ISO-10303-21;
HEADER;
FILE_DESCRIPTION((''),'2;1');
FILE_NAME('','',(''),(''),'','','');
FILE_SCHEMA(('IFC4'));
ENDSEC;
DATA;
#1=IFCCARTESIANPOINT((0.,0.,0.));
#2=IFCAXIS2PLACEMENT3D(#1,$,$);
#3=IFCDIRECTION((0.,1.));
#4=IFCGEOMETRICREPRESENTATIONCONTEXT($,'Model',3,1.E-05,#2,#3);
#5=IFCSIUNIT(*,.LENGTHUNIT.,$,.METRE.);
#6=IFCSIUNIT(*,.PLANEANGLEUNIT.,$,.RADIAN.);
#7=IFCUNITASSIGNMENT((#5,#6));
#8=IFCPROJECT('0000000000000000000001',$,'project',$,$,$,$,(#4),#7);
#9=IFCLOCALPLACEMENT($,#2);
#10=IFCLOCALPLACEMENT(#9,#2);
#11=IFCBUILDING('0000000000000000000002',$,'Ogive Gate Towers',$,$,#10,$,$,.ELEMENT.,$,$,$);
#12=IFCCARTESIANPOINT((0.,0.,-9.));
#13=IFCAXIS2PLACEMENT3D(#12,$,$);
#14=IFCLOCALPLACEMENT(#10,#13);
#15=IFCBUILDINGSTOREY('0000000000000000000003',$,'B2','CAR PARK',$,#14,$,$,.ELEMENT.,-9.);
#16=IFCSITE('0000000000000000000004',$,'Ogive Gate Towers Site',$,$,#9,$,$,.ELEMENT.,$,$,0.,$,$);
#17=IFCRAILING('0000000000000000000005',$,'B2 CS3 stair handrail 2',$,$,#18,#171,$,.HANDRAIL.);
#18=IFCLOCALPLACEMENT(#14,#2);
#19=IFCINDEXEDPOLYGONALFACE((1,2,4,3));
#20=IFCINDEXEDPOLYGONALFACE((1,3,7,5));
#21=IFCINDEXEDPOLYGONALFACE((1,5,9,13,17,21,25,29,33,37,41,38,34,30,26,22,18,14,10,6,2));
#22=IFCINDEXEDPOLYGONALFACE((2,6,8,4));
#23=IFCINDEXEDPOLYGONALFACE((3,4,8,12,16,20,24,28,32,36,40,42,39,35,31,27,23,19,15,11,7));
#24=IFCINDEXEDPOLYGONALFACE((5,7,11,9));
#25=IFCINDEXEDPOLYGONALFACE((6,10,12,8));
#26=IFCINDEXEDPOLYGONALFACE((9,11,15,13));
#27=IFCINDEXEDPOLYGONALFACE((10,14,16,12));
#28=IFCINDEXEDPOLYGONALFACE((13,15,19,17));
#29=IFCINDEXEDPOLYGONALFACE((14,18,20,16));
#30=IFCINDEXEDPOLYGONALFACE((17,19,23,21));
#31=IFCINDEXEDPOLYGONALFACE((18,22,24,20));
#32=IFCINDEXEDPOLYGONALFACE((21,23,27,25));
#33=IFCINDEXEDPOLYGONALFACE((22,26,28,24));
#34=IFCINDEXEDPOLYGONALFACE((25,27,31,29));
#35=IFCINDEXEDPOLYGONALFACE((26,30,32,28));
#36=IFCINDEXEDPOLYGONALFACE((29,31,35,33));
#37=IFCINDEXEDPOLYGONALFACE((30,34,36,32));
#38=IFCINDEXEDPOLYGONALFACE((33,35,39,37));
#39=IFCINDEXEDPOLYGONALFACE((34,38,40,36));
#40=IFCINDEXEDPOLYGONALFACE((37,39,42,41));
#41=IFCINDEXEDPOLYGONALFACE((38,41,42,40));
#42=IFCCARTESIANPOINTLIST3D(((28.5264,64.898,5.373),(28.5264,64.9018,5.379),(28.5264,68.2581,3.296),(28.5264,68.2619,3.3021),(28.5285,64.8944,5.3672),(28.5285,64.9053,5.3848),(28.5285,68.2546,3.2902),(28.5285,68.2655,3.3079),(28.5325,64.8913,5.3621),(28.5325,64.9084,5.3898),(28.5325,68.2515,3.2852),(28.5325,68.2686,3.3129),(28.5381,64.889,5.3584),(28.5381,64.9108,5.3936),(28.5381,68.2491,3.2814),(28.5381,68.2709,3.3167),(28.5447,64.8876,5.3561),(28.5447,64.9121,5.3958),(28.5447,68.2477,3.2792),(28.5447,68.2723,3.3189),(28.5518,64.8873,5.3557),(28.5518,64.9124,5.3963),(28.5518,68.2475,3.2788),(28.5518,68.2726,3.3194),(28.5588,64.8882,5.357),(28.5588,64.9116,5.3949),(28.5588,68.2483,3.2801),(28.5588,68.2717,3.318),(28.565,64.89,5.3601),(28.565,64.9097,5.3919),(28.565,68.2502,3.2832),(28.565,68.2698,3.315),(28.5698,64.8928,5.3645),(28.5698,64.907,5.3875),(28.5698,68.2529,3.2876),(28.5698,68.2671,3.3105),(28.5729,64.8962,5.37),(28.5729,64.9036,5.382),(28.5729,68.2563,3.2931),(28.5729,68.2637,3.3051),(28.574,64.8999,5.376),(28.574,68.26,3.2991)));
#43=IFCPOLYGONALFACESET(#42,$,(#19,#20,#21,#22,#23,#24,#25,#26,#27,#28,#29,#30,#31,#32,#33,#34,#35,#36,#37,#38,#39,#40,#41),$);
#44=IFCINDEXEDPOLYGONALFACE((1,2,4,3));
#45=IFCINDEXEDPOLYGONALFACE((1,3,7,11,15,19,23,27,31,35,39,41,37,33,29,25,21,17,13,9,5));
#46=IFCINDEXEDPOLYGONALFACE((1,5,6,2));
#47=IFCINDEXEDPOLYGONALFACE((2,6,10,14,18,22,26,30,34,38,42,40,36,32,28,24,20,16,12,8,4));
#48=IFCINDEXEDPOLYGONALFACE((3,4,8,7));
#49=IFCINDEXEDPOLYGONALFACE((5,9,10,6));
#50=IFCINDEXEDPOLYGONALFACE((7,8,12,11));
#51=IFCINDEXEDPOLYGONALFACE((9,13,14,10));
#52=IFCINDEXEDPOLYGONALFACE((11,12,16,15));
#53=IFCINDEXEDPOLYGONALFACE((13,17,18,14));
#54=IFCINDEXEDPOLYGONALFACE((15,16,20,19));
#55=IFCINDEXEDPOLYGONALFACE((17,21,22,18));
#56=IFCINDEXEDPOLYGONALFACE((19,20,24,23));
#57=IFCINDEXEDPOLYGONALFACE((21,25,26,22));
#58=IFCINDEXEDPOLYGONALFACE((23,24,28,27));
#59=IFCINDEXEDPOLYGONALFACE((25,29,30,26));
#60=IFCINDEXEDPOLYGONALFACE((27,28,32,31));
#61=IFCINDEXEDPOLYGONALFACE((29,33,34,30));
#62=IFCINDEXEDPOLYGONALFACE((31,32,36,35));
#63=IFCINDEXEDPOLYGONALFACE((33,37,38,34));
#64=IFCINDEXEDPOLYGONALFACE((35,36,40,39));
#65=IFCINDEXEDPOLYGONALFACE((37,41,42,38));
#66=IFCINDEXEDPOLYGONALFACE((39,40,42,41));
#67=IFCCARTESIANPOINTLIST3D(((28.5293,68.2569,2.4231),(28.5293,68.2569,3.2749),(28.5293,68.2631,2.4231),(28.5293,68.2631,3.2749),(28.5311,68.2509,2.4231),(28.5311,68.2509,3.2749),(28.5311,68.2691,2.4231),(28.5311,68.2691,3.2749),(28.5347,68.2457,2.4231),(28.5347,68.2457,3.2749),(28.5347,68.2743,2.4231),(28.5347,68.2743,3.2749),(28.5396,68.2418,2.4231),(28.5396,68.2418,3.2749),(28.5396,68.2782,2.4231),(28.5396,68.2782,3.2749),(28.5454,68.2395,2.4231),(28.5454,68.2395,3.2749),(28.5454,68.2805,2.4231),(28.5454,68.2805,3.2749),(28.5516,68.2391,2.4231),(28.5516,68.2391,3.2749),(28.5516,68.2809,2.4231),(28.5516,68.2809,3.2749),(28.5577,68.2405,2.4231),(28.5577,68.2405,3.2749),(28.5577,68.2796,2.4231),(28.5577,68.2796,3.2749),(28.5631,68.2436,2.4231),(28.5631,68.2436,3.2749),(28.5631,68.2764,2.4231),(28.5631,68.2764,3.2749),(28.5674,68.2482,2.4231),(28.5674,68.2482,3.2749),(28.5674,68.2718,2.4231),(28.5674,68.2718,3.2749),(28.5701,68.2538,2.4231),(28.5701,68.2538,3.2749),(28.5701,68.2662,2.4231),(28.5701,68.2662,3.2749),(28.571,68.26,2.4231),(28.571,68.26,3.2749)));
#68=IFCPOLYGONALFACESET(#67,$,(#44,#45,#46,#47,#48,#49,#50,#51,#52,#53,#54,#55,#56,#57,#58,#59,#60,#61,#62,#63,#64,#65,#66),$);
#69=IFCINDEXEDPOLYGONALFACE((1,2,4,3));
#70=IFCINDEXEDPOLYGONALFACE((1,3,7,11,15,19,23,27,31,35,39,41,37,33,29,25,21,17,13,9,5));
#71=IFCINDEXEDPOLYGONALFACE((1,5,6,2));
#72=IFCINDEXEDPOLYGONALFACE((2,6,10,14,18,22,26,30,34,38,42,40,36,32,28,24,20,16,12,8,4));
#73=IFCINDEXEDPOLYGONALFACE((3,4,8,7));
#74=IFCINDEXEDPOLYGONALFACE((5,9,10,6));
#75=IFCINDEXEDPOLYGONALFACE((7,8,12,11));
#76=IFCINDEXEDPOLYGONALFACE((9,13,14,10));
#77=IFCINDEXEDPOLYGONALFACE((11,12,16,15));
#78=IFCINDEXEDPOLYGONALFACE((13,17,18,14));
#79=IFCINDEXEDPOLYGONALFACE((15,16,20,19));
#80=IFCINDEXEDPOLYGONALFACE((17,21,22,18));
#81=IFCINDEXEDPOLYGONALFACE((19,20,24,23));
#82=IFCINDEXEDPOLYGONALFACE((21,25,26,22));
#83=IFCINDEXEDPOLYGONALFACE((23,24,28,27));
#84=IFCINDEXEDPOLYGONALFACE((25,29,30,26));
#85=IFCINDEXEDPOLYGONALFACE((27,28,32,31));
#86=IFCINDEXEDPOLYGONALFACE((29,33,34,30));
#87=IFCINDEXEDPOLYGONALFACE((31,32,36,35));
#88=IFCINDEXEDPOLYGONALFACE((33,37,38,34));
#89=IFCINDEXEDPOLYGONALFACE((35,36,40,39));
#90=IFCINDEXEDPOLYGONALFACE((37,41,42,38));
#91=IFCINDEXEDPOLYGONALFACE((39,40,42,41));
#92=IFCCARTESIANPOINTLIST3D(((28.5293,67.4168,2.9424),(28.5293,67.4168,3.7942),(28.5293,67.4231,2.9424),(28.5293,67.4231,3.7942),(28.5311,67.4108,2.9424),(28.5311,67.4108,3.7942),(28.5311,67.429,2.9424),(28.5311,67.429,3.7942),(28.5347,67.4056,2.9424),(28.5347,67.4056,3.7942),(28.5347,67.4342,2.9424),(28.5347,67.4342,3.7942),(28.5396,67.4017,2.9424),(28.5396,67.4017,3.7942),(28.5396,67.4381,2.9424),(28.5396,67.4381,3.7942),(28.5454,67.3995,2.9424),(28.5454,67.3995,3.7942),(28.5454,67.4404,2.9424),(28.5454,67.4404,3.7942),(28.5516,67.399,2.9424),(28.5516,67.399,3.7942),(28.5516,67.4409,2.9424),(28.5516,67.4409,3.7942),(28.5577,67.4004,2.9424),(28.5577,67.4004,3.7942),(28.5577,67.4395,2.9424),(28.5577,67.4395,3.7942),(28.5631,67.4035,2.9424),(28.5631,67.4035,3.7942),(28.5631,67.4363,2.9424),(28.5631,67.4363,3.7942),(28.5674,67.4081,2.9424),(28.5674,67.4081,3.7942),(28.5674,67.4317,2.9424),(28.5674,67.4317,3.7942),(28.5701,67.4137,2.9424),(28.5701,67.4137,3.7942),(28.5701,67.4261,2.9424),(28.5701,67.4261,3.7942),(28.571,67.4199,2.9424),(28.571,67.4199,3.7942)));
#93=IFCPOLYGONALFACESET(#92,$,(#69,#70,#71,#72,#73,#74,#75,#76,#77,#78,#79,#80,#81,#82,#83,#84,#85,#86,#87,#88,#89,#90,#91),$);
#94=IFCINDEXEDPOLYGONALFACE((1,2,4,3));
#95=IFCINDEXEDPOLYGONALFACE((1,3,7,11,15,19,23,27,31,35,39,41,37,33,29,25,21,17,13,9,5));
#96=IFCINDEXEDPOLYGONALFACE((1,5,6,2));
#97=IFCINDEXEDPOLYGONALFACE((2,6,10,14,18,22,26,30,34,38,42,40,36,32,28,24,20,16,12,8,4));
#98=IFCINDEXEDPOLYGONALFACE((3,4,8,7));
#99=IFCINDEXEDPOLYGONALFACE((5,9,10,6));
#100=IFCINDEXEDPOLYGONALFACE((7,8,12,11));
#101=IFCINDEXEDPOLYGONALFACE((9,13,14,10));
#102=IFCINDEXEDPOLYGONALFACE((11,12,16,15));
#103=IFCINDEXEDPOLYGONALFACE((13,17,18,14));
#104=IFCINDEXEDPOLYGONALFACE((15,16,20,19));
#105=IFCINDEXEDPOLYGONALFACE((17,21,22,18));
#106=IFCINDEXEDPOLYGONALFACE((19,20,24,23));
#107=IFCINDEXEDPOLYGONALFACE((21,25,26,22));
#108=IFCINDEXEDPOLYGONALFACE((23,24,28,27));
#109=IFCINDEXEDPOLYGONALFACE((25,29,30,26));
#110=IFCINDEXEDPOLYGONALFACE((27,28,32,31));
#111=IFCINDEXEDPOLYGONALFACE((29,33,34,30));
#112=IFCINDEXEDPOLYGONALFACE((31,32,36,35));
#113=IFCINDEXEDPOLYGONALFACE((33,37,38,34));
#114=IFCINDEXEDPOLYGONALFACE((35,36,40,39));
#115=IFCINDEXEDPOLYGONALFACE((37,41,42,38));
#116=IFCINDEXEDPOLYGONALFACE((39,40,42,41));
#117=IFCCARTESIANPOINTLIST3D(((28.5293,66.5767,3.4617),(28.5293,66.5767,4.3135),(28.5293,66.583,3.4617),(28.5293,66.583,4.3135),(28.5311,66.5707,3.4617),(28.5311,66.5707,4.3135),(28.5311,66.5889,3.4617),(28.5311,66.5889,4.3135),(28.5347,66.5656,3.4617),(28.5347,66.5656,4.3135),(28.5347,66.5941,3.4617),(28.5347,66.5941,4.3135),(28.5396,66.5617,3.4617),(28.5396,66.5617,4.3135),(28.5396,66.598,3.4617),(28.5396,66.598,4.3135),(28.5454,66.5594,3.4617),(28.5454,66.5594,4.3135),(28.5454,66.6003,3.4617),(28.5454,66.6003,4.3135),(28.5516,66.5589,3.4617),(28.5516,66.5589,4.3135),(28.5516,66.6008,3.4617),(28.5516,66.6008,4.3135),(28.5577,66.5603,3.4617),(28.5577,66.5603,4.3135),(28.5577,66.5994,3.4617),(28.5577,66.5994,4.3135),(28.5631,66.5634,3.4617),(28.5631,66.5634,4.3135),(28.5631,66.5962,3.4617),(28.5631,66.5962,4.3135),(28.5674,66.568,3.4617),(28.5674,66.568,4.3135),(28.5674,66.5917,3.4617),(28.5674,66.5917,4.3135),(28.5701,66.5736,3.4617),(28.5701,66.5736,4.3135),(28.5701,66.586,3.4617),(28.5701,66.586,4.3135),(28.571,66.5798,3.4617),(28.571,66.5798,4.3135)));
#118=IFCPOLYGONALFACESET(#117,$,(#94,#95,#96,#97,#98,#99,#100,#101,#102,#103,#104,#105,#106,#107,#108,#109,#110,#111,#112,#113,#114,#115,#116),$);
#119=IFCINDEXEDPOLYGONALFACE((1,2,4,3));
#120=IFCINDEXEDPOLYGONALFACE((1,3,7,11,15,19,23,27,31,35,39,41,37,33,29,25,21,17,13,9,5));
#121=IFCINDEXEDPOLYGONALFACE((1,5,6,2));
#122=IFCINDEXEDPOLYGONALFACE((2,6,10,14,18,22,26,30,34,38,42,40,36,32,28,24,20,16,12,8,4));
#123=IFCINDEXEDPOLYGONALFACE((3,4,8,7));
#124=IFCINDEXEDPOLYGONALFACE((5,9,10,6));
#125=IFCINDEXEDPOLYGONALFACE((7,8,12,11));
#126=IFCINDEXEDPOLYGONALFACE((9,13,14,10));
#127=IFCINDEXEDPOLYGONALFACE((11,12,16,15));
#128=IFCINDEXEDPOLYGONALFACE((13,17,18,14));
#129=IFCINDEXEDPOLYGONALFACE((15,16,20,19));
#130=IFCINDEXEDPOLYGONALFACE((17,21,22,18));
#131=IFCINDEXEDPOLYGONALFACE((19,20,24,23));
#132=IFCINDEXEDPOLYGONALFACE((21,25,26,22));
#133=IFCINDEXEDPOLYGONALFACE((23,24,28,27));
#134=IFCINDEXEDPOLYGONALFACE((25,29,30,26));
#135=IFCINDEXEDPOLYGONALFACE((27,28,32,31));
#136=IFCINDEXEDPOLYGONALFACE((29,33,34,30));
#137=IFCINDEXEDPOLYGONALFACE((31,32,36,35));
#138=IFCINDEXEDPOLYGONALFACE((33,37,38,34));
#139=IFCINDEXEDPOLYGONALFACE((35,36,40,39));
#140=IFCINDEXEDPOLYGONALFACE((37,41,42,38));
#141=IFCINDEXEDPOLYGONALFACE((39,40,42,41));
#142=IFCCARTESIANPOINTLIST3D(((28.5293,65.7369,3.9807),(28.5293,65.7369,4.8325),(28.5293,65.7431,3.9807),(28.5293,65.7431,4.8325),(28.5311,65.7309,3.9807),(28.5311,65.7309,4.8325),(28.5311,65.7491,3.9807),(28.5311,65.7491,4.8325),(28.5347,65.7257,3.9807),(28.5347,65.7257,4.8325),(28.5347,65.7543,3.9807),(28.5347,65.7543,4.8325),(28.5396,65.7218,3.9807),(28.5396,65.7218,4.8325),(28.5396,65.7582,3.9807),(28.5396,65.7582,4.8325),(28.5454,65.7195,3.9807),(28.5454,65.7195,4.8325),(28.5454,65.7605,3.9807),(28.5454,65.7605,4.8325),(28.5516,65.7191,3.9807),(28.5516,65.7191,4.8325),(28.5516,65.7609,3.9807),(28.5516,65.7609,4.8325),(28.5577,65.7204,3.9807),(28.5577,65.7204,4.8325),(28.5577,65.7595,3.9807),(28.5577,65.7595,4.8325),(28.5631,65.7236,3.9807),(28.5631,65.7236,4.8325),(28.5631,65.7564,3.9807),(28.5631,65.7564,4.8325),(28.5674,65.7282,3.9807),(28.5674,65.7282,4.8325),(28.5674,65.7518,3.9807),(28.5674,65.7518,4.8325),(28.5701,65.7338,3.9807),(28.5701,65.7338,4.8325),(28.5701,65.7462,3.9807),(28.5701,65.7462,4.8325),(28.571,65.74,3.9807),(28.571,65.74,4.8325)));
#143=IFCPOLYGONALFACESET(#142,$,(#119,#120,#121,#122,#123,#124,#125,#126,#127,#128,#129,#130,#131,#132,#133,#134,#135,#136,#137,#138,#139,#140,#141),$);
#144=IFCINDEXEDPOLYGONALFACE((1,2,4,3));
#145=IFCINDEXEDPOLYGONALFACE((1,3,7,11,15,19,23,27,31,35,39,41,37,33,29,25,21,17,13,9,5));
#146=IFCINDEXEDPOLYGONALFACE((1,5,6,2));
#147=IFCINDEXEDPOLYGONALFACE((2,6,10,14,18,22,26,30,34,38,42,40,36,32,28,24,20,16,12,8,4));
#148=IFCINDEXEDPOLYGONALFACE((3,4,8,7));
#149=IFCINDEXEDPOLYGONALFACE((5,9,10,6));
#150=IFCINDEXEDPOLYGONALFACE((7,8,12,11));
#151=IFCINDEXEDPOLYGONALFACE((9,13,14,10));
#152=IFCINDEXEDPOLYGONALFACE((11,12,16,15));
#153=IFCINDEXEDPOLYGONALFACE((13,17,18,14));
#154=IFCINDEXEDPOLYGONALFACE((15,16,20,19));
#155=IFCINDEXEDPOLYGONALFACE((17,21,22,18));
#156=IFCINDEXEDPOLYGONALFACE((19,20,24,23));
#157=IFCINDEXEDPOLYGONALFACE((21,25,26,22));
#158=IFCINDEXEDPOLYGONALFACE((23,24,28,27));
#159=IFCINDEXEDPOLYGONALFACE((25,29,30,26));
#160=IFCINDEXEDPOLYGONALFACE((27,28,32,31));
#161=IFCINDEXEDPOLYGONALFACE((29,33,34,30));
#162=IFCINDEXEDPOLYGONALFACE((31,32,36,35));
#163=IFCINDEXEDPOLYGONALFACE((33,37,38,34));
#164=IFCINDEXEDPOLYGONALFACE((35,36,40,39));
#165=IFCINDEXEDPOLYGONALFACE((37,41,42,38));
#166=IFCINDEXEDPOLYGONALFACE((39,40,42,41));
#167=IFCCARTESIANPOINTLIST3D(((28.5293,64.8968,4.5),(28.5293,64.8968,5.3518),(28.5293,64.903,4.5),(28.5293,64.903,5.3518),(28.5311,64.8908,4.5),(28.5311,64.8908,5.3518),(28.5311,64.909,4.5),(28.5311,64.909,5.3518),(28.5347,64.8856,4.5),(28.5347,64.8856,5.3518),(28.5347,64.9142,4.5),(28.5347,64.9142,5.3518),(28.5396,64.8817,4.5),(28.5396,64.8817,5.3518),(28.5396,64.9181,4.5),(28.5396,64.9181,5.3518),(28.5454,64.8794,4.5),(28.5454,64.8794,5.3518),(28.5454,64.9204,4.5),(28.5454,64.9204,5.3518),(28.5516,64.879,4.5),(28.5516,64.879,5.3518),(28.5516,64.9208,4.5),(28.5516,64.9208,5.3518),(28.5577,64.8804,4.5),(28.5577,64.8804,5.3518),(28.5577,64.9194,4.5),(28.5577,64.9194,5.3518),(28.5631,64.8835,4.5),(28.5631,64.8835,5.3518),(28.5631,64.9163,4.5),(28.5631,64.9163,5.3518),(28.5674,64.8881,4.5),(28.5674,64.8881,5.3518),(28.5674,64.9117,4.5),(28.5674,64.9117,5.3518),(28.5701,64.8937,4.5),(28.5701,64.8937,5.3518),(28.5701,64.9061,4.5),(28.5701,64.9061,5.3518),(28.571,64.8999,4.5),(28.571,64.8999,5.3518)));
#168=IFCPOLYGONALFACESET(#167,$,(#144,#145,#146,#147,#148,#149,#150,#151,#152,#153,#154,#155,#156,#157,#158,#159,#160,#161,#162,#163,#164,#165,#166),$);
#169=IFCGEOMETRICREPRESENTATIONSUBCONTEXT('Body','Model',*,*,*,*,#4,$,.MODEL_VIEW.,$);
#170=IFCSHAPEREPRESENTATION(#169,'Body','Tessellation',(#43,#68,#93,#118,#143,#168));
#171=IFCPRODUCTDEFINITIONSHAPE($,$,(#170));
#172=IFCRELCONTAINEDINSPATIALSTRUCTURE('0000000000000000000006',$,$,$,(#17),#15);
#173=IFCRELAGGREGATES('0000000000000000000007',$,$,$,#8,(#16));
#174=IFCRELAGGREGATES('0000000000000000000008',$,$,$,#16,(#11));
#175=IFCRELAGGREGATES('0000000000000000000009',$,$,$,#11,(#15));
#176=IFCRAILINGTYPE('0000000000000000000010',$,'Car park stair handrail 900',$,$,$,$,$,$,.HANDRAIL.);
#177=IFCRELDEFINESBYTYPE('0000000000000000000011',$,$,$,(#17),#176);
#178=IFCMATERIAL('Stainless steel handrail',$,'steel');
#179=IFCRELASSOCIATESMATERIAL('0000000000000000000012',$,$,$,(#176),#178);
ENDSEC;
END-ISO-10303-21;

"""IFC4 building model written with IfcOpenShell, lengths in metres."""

from ifc_helpers import new_model, si_unit, direction, frame, origin, origin_2d, place, context, subcontext, project, spatial, circle, extrude, material, type_object, element, save


model = new_model("IFC4")

# Units and contexts
model_context = context("Model", 3, precision=1e-05, world=origin(), true_north=direction((0.0, 1.0)))
body_context = subcontext(model_context, "Body", "Model", "MODEL_VIEW")
ifc_project = project(units=[si_unit("LENGTHUNIT", "METRE"), si_unit("PLANEANGLEUNIT", "RADIAN")], contexts=[model_context])

# Site, building, storey
site_placement = place(None, origin())
site = spatial("IfcSite", under=ifc_project, at=site_placement, Name="Ogive Gate Towers Site", CompositionType="ELEMENT", RefElevation=0.0)
building_placement = place(site_placement, origin())
building = spatial("IfcBuilding", under=site, at=building_placement, Name="Ogive Gate Towers", CompositionType="ELEMENT")
storey_placement = place(building_placement, frame((0.0, 0.0, -9.0)))
storey = spatial("IfcBuildingStorey", under=building, at=storey_placement, Name="B2", Description="CAR PARK", CompositionType="ELEMENT", Elevation=-9.0)

# Railing
ifc_material_1 = material(Name="Stainless steel handrail", Category="steel")
railing_type_1 = type_object("IfcRailingType", Name="Car park stair handrail 900", PredefinedType="HANDRAIL", material=ifc_material_1)
railing_1_placement = place(storey_placement, frame((28.55, 68.26, 2.4231)))
element("IfcRailing", 1, at=railing_1_placement, inside=storey, type_object=railing_type_1, Name="B2 CS3 stair handrail 2", PredefinedType="HANDRAIL", context=body_context, shape_type="SweptSolid", body=[
    extrude(circle(Radius=0.0239, at=origin_2d()), frame((0.0, 0.0, 0.876), z_axis=(0.0, -0.850623, 0.525776), x_axis=(1.0, 0.0, 0.0)), (0.0, 0.0, 1.0), 3.9502),
    extrude(circle(Radius=0.021, at=origin_2d()), origin(), (0.0, 0.0, 1.0), 0.8518),
    extrude(circle(Radius=0.021, at=origin_2d()), frame((0.0, -0.8401, 0.5193)), (0.0, 0.0, 1.0), 0.8518),
    extrude(circle(Radius=0.021, at=origin_2d()), frame((0.0, -1.6802, 1.0386)), (0.0, 0.0, 1.0), 0.8518),
    extrude(circle(Radius=0.021, at=origin_2d()), frame((0.0, -2.52, 1.5576)), (0.0, 0.0, 1.0), 0.8518),
    extrude(circle(Radius=0.021, at=origin_2d()), frame((0.0, -3.3601, 2.0769)), (0.0, 0.0, 1.0), 0.8518),
])

save(model, "model.ifc")
